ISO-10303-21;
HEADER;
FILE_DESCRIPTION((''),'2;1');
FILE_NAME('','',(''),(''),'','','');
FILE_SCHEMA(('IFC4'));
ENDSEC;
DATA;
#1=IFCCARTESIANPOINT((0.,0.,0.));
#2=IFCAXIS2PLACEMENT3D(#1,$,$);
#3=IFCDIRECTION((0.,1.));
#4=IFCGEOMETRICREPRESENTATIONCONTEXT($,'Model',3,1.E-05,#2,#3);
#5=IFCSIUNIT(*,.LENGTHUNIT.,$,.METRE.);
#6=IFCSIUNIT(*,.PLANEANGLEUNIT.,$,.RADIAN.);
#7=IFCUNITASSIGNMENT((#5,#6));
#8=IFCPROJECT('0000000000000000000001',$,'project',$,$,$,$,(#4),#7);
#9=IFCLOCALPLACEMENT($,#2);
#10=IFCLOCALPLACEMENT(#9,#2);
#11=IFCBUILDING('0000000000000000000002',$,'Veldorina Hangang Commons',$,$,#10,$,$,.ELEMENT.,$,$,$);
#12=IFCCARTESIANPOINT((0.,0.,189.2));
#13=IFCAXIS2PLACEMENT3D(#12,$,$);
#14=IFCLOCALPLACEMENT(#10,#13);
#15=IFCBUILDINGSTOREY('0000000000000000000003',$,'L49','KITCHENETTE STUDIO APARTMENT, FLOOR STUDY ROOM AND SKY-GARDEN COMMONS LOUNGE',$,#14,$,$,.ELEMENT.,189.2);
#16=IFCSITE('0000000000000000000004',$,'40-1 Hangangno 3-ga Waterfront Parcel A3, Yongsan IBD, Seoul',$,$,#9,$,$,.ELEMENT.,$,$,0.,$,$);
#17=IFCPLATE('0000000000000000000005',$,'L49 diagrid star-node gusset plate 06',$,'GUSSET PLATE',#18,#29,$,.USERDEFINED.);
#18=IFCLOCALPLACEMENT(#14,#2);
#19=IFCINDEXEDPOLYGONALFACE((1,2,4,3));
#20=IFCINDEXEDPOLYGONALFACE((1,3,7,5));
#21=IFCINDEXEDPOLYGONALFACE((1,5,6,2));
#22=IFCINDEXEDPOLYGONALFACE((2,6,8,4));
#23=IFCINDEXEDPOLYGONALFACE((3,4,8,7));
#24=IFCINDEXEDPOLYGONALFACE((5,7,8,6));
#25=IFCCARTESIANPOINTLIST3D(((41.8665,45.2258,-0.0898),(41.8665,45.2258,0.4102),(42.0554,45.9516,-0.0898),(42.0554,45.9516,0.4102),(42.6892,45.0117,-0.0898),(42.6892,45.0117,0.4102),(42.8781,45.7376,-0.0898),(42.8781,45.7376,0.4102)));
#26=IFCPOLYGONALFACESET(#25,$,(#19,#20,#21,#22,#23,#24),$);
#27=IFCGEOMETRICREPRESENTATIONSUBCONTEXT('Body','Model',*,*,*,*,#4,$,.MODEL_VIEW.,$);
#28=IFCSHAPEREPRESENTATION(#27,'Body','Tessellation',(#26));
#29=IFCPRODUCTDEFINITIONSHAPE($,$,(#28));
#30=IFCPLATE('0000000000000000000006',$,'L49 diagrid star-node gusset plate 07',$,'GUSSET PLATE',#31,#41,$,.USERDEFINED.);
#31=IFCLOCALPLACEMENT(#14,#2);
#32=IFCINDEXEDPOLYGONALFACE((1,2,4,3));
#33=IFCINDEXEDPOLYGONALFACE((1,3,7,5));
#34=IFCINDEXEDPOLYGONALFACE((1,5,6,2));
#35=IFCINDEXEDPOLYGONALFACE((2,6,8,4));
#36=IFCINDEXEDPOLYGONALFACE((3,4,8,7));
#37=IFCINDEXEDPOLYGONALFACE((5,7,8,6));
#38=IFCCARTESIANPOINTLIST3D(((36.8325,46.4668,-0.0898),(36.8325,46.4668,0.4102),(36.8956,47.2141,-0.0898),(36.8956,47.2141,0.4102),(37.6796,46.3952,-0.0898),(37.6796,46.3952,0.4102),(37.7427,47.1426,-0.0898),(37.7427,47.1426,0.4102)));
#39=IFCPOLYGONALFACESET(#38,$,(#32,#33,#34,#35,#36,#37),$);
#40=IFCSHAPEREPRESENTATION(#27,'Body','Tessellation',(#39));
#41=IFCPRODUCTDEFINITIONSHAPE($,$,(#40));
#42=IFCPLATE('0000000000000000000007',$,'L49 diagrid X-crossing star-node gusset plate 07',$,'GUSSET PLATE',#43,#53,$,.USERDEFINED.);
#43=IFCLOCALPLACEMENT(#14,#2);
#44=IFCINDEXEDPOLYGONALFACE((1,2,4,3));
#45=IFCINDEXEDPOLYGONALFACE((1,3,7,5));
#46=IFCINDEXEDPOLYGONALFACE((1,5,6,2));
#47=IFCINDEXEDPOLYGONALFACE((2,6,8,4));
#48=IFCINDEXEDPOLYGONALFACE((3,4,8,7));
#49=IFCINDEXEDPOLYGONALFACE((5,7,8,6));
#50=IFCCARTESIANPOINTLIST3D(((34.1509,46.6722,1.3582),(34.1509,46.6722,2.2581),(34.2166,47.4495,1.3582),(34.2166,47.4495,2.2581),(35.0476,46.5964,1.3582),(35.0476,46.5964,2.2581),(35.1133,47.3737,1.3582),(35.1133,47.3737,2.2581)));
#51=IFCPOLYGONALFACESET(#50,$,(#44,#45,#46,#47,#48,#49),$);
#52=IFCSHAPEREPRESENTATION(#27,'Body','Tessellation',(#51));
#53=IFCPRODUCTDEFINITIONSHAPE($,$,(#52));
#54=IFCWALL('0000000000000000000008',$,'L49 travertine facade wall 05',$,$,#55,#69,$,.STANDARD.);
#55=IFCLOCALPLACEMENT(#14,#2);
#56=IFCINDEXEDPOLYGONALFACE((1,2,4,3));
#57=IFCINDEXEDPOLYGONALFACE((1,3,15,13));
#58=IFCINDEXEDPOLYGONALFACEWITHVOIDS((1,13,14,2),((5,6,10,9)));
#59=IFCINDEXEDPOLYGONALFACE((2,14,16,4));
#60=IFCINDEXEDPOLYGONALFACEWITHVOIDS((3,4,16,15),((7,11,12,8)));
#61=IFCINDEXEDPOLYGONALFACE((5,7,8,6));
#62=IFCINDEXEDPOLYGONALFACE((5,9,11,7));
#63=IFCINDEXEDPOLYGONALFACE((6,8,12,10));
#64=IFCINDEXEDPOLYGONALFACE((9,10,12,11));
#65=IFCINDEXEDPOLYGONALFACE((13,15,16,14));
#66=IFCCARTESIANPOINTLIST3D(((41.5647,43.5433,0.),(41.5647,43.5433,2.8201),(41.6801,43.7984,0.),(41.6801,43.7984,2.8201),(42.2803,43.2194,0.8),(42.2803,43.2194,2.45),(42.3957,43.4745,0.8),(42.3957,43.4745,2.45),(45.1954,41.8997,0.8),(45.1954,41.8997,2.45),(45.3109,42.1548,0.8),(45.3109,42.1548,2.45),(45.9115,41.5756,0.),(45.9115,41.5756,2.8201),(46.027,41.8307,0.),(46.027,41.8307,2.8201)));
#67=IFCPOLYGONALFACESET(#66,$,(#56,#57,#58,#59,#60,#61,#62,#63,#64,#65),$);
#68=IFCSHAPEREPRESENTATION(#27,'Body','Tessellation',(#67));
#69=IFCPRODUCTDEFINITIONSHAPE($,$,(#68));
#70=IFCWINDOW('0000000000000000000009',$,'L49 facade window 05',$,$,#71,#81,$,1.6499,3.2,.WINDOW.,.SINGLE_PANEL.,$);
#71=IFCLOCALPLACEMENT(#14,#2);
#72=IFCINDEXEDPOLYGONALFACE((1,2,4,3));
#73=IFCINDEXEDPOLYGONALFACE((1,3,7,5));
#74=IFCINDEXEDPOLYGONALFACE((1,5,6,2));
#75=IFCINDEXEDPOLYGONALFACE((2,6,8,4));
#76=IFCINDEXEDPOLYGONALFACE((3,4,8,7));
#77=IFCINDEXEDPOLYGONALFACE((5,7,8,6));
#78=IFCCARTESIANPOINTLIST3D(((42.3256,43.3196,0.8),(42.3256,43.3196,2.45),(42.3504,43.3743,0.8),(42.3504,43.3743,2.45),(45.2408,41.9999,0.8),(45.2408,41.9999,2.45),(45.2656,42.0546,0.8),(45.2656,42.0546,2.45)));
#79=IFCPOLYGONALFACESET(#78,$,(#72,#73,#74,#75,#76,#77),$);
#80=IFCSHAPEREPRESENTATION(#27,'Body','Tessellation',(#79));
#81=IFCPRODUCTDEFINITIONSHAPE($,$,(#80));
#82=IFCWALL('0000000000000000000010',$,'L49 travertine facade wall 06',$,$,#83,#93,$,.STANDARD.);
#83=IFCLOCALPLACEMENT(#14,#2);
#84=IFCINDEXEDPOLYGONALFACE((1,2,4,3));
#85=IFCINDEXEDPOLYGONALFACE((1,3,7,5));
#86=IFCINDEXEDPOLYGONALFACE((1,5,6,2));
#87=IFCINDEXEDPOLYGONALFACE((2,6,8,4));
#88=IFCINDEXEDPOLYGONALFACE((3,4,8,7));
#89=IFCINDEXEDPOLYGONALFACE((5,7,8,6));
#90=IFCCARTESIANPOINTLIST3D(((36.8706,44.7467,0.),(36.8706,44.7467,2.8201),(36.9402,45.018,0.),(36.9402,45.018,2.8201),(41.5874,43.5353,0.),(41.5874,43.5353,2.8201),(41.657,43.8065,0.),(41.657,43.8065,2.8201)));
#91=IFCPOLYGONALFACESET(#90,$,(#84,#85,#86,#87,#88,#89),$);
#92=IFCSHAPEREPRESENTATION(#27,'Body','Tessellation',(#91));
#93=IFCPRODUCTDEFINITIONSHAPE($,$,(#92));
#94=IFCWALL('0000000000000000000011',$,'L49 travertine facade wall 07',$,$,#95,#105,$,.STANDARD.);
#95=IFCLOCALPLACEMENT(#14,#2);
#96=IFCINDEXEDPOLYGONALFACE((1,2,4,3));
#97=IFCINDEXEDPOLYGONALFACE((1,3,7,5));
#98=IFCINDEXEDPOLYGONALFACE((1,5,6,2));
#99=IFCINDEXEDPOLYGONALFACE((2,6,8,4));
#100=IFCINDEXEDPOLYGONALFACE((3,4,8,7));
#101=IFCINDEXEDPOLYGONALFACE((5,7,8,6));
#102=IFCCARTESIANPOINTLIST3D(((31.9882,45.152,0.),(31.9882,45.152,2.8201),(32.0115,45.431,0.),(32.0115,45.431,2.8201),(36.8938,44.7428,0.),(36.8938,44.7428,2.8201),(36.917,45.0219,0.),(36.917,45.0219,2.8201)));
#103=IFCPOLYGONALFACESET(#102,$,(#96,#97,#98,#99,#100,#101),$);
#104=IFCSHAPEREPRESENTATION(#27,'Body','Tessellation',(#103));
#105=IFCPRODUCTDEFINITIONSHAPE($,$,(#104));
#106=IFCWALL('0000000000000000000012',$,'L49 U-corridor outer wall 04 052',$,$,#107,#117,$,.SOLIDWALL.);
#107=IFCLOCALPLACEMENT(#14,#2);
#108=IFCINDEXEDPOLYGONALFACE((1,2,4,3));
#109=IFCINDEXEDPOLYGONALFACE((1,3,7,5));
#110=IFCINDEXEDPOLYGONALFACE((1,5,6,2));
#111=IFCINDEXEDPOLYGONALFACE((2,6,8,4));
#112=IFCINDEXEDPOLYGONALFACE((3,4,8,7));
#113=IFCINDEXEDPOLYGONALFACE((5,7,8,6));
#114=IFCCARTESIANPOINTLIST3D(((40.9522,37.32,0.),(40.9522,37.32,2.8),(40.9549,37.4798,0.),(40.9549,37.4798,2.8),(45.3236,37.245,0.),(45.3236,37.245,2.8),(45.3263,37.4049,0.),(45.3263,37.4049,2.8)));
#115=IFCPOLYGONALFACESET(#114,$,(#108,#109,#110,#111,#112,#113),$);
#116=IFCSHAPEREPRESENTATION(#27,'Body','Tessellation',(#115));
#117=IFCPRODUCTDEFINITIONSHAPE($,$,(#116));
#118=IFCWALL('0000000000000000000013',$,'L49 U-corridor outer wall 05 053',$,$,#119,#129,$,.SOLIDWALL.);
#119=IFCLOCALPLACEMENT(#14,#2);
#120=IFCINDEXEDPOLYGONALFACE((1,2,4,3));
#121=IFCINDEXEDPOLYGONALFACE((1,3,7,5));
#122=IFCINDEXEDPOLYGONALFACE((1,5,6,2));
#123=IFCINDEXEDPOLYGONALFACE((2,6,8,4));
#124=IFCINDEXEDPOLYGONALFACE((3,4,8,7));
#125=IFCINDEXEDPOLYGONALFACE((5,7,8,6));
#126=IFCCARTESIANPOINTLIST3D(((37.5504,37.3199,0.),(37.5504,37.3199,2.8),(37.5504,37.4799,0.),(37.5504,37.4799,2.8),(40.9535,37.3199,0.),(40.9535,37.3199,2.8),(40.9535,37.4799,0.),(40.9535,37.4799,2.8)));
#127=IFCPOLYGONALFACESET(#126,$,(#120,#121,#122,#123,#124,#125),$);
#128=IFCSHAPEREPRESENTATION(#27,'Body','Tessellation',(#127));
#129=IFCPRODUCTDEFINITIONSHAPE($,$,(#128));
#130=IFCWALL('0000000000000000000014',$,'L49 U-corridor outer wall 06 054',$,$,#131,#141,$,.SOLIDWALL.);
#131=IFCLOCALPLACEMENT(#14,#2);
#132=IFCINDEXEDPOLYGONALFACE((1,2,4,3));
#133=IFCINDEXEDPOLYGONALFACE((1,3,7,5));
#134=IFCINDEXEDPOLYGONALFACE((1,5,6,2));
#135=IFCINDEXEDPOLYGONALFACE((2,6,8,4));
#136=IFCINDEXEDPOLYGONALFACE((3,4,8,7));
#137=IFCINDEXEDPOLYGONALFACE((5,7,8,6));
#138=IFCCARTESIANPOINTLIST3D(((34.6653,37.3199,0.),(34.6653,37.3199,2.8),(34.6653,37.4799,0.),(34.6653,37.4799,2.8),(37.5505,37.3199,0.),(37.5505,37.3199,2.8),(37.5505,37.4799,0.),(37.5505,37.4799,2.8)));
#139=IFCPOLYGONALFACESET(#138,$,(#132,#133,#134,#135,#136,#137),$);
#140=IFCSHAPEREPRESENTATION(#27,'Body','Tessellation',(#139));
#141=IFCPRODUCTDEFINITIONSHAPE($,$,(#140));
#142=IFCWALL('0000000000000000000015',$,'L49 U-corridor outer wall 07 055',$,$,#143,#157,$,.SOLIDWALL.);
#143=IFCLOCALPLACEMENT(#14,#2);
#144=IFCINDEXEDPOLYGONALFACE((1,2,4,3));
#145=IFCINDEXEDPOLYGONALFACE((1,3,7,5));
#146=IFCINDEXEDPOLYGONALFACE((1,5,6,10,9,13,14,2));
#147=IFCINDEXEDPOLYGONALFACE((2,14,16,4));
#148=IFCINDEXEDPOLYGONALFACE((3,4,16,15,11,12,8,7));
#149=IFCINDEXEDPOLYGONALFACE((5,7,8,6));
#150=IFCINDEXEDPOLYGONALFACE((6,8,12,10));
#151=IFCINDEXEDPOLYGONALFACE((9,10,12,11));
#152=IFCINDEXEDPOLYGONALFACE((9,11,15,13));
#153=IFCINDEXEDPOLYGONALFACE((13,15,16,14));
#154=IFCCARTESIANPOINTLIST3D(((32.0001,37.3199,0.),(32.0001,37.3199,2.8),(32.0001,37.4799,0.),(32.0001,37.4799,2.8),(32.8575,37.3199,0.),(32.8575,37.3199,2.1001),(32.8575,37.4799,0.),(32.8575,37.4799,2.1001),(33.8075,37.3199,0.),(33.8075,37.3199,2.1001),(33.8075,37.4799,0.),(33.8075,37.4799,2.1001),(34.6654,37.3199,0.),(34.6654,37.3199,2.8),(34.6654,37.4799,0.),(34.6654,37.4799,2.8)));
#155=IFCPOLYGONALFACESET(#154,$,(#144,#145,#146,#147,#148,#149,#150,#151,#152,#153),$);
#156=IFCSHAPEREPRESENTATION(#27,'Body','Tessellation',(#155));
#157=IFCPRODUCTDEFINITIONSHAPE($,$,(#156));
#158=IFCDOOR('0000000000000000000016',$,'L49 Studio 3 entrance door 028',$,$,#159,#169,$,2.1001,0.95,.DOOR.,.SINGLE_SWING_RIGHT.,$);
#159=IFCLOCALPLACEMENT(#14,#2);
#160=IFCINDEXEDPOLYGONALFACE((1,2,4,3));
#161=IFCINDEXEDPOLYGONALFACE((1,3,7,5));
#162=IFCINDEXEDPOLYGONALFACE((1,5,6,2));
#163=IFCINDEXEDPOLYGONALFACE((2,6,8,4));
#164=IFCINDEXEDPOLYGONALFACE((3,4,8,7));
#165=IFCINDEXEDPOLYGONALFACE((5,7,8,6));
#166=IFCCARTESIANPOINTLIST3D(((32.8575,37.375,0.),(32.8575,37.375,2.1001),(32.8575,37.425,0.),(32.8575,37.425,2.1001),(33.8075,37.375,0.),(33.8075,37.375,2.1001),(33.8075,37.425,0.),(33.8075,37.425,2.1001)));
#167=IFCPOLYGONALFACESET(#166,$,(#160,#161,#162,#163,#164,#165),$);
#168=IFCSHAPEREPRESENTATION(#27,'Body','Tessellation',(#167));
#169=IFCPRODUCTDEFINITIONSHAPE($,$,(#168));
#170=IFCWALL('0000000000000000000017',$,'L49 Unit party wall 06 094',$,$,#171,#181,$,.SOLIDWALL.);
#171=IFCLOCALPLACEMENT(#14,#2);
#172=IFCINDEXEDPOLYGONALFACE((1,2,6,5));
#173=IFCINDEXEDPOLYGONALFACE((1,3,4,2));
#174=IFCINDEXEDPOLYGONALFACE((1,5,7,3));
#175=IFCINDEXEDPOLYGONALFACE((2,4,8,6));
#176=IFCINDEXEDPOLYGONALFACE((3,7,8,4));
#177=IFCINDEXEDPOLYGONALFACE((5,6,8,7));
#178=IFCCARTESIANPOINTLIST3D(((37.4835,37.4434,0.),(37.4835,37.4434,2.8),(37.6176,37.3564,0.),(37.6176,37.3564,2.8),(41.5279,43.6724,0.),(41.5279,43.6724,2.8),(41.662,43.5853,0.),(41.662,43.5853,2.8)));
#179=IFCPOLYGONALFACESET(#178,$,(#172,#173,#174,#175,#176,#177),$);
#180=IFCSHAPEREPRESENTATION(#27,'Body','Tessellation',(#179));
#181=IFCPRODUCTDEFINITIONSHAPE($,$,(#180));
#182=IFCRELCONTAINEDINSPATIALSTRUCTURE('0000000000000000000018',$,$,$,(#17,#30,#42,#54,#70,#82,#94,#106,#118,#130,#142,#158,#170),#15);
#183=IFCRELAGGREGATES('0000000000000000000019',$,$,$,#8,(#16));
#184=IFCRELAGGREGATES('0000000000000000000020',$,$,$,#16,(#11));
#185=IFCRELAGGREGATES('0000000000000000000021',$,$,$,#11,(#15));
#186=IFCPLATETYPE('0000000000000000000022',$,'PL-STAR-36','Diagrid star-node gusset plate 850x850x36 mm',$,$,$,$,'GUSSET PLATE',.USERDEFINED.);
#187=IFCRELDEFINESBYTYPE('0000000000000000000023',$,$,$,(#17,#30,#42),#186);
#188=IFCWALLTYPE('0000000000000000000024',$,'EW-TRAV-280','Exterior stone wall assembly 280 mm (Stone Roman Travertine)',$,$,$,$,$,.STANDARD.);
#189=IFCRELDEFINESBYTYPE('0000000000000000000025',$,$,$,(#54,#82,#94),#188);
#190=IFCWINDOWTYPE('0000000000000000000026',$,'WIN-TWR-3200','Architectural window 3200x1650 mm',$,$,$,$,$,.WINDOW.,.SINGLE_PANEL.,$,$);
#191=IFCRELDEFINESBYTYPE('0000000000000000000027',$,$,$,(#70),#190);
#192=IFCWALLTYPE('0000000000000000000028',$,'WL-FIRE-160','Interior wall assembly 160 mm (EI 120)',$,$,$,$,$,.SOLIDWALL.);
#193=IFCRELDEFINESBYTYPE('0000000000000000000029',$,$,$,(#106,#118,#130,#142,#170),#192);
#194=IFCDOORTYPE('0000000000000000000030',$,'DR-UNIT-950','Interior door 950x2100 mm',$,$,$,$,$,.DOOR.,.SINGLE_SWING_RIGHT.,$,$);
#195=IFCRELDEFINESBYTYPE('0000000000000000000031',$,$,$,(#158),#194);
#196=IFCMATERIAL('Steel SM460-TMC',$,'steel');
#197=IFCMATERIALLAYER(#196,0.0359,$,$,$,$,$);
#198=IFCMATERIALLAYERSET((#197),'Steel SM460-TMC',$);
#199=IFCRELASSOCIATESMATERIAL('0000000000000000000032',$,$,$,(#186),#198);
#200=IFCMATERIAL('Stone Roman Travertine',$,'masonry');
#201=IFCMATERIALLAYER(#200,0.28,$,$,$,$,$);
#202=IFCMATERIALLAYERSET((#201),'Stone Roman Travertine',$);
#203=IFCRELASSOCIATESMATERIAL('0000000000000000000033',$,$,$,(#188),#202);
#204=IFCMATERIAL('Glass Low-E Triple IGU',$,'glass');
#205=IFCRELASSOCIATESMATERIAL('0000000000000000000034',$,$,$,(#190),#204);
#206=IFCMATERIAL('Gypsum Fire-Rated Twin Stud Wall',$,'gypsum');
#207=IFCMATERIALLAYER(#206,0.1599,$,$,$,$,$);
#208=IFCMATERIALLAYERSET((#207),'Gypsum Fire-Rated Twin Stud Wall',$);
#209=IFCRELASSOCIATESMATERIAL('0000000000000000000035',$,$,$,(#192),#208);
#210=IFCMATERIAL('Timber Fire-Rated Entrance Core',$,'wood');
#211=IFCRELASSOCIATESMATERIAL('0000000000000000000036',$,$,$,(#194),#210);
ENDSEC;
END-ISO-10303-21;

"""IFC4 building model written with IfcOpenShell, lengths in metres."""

from ifc_helpers import new_model, si_unit, direction, frame, frame_2d, origin, origin_2d, place, context, subcontext, project, spatial, rectangle, extrude, material, layer, layer_set, type_object, element, fill, save


model = new_model("IFC4")

# Units and contexts
model_context = context("Model", 3, precision=1e-05, world=origin(), true_north=direction((0.0, 1.0)))
body_context = subcontext(model_context, "Body", "Model", "MODEL_VIEW")
ifc_project = project(units=[si_unit("LENGTHUNIT", "METRE"), si_unit("PLANEANGLEUNIT", "RADIAN")], contexts=[model_context])

# Site, building, storey
site_placement = place(None, origin())
site = spatial("IfcSite", under=ifc_project, at=site_placement, Name="40-1 Hangangno 3-ga Waterfront Parcel A3, Yongsan IBD, Seoul", CompositionType="ELEMENT", RefElevation=0.0)
building_placement = place(site_placement, origin())
building = spatial("IfcBuilding", under=site, at=building_placement, Name="Veldorina Hangang Commons", CompositionType="ELEMENT")
storey_placement = place(building_placement, frame((0.0, 0.0, 189.2)))
storey = spatial("IfcBuildingStorey", under=building, at=storey_placement, Name="L49", Description="KITCHENETTE STUDIO APARTMENT, FLOOR STUDY ROOM AND SKY-GARDEN COMMONS LOUNGE", CompositionType="ELEMENT", Elevation=189.2)

# Plates
ifc_material_1 = material(Name="Steel SM460-TMC", Category="steel")
ifc_layer_1 = layer(ifc_material_1, 0.0359)
ifc_layer_set_1 = layer_set([ifc_layer_1], Name="Steel SM460-TMC")
plate_type = type_object("IfcPlateType", Name="PL-STAR-36", Description="Diagrid star-node gusset plate 850x850x36 mm", ElementType="GUSSET PLATE", PredefinedType="USERDEFINED", material=ifc_layer_set_1)
for number, where, z_axis, x_axis, name in (
    (1, (42.3723, 45.4817, -0.0898), (0.0, 0.0, 1.0), (-0.967771, 0.251833, 0.0), "L49 diagrid star-node gusset plate 06"),
    (2, (37.2876, 46.8047, -0.0898), (0.0, 0.0, 1.0), (-0.996449, 0.0842, 0.0), "L49 diagrid star-node gusset plate 07"),
):
    element("IfcPlate", number, at=place(storey_placement, frame(where, z_axis=z_axis, x_axis=x_axis)), inside=storey, type_object=plate_type, Name=name, ObjectType="GUSSET PLATE", PredefinedType="USERDEFINED", context=body_context, shape_type="SweptSolid", body=[
        extrude(rectangle(XDim=0.8501, YDim=0.75, at=origin_2d()), origin(), (0.0, 0.0, 1.0), 0.5),
    ])
plate_1_placement = place(storey_placement, frame((34.6321, 47.0229, 1.3582), z_axis=(0.0, 0.0, 1.0), x_axis=(-0.996449, 0.0842, 0.0)))
element("IfcPlate", 3, at=plate_1_placement, inside=storey, type_object=plate_type, Name="L49 diagrid X-crossing star-node gusset plate 07", ObjectType="GUSSET PLATE", PredefinedType="USERDEFINED", context=body_context, shape_type="SweptSolid", body=[
    extrude(rectangle(XDim=0.8999, YDim=0.78, at=origin_2d()), origin(), (0.0, 0.0, 1.0), 0.8999),
])

# Wall, opening, window
ifc_material_2 = material(Name="Stone Roman Travertine", Category="masonry")
ifc_layer_2 = layer(ifc_material_2, 0.28)
ifc_layer_set_2 = layer_set([ifc_layer_2], Name="Stone Roman Travertine")
wall_type_1 = type_object("IfcWallType", Name="EW-TRAV-280", Description="Exterior stone wall assembly 280 mm (Stone Roman Travertine)", PredefinedType="STANDARD", material=ifc_layer_set_2)
wall_1_placement = place(storey_placement, frame((45.9692, 41.7031, 0.0), z_axis=(0.0, 0.0, 1.0), x_axis=(-0.911005, 0.412395, 0.0)))
wall_1 = element("IfcWall", 4, at=wall_1_placement, inside=storey, type_object=wall_type_1, Name="L49 travertine facade wall 05", PredefinedType="STANDARD", context=body_context, shape_type="SweptSolid", body=[
    extrude(rectangle(XDim=4.7715, YDim=0.28, at=frame_2d((2.3857, 0.0))), origin(), (0.0, 0.0, 1.0), 2.8201),
])
opening_1_placement = place(wall_1_placement, frame((0.7859, 0.0, 0.8)))
opening_1 = element("IfcOpeningElement", 5, at=opening_1_placement, cuts=wall_1, PredefinedType="OPENING", context=body_context, shape_type="SweptSolid", body=[
    extrude(rectangle(XDim=3.2, YDim=1.6499, at=frame_2d((1.6001, 0.825))), frame((0.0, 0.1499, 0.0), z_axis=(0.0, -1.0, 0.0), x_axis=(1.0, 0.0, 0.0)), (0.0, 0.0, 1.0), 0.3),
])
ifc_material_3 = material(Name="Glass Low-E Triple IGU", Category="glass")
window_type = type_object("IfcWindowType", Name="WIN-TWR-3200", Description="Architectural window 3200x1650 mm", PartitioningType="SINGLE_PANEL", PredefinedType="WINDOW", material=ifc_material_3)
window_placement = place(opening_1_placement, origin())
window = element("IfcWindow", 6, at=window_placement, inside=storey, type_object=window_type, Name="L49 facade window 05", OverallHeight=1.6499, OverallWidth=3.2, PartitioningType="SINGLE_PANEL", PredefinedType="WINDOW", context=body_context, shape_type="SweptSolid", body=[
    extrude(rectangle(XDim=3.2, YDim=1.6499, at=frame_2d((1.6001, 0.825))), frame((0.0, 0.03, 0.0), z_axis=(0.0, -1.0, 0.0), x_axis=(1.0, 0.0, 0.0)), (0.0, 0.0, 1.0), 0.0601),
])
fill(opening_1, window)

# Walls
wall_2_placement = place(storey_placement, frame((41.6223, 43.6709, 0.0), z_axis=(0.0, 0.0, 1.0), x_axis=(-0.968565, 0.248759, 0.0)))
element("IfcWall", 7, at=wall_2_placement, inside=storey, type_object=wall_type_1, Name="L49 travertine facade wall 06", PredefinedType="STANDARD", context=body_context, shape_type="SweptSolid", body=[
    extrude(rectangle(XDim=4.8699, YDim=0.28, at=frame_2d((2.4351, 0.0))), origin(), (0.0, 0.0, 1.0), 2.8201),
])
wall_3_placement = place(storey_placement, frame((36.9055, 44.8823, 0.0), z_axis=(0.0, 0.0, 1.0), x_axis=(-0.996539, 0.083123, 0.0)))
element("IfcWall", 8, at=wall_3_placement, inside=storey, type_object=wall_type_1, Name="L49 travertine facade wall 07", PredefinedType="STANDARD", context=body_context, shape_type="SweptSolid", body=[
    extrude(rectangle(XDim=4.9226, YDim=0.28, at=frame_2d((2.4614, 0.0))), origin(), (0.0, 0.0, 1.0), 2.8201),
])
ifc_material_4 = material(Name="Gypsum Fire-Rated Twin Stud Wall", Category="gypsum")
ifc_layer_3 = layer(ifc_material_4, 0.1599)
ifc_layer_set_3 = layer_set([ifc_layer_3], Name="Gypsum Fire-Rated Twin Stud Wall")
wall_type_2 = type_object("IfcWallType", Name="WL-FIRE-160", Description="Interior wall assembly 160 mm (EI 120)", PredefinedType="SOLIDWALL", material=ifc_layer_set_3)
wall_4_placement = place(storey_placement, frame((45.325, 37.325, 0.0), z_axis=(0.0, 0.0, 1.0), x_axis=(-0.999853, 0.017144, 0.0)))
element("IfcWall", 9, at=wall_4_placement, inside=storey, type_object=wall_type_2, Name="L49 U-corridor outer wall 04 052", PredefinedType="SOLIDWALL", context=body_context, shape_type="SweptSolid", body=[
    extrude(rectangle(XDim=4.3721, YDim=0.1599, at=frame_2d((2.186, 0.0))), origin(), (0.0, 0.0, 1.0), 2.8),
])
wall_5_placement = place(storey_placement, frame((40.9536, 37.3999, 0.0), z_axis=(0.0, 0.0, 1.0), x_axis=(-1.0, 0.0, 0.0)))
element("IfcWall", 10, at=wall_5_placement, inside=storey, type_object=wall_type_2, Name="L49 U-corridor outer wall 05 053", PredefinedType="SOLIDWALL", context=body_context, shape_type="SweptSolid", body=[
    extrude(rectangle(XDim=3.4031, YDim=0.1599, at=frame_2d((1.7017, 0.0))), origin(), (0.0, 0.0, 1.0), 2.8),
])
wall_6_placement = place(storey_placement, frame((37.5505, 37.3999, 0.0), z_axis=(0.0, 0.0, 1.0), x_axis=(-1.0, 0.0, 0.0)))
element("IfcWall", 11, at=wall_6_placement, inside=storey, type_object=wall_type_2, Name="L49 U-corridor outer wall 06 054", PredefinedType="SOLIDWALL", context=body_context, shape_type="SweptSolid", body=[
    extrude(rectangle(XDim=2.8853, YDim=0.1599, at=frame_2d((1.4426, 0.0))), origin(), (0.0, 0.0, 1.0), 2.8),
])

# Wall, opening, door
wall_7_placement = place(storey_placement, frame((34.6653, 37.3999, 0.0), z_axis=(0.0, 0.0, 1.0), x_axis=(-1.0, 0.0, 0.0)))
wall_7 = element("IfcWall", 12, at=wall_7_placement, inside=storey, type_object=wall_type_2, Name="L49 U-corridor outer wall 07 055", PredefinedType="SOLIDWALL", context=body_context, shape_type="SweptSolid", body=[
    extrude(rectangle(XDim=2.6653, YDim=0.1599, at=frame_2d((1.3325, 0.0))), origin(), (0.0, 0.0, 1.0), 2.8),
])
opening_2_placement = place(wall_7_placement, frame((0.8577, 0.0, 0.0)))
opening_2 = element("IfcOpeningElement", 13, at=opening_2_placement, cuts=wall_7, PredefinedType="OPENING", context=body_context, shape_type="SweptSolid", body=[
    extrude(rectangle(XDim=0.95, YDim=2.1001, at=frame_2d((0.4751, 1.05))), frame((0.0, 0.0898, 0.0), z_axis=(0.0, -1.0, 0.0), x_axis=(1.0, 0.0, 0.0)), (0.0, 0.0, 1.0), 0.1799),
])
ifc_material_5 = material(Name="Timber Fire-Rated Entrance Core", Category="wood")
door_type_1 = type_object("IfcDoorType", Name="DR-UNIT-950", Description="Interior door 950x2100 mm", OperationType="SINGLE_SWING_RIGHT", PredefinedType="DOOR", material=ifc_material_5)
door_1_placement = place(opening_2_placement, origin())
door_1 = element("IfcDoor", 14, at=door_1_placement, inside=storey, type_object=door_type_1, Name="L49 Studio 3 entrance door 028", OperationType="SINGLE_SWING_RIGHT", OverallHeight=2.1001, OverallWidth=0.95, PredefinedType="DOOR", context=body_context, shape_type="SweptSolid", body=[
    extrude(rectangle(XDim=0.95, YDim=2.1001, at=frame_2d((0.4751, 1.05))), frame((0.0, 0.0249, 0.0), z_axis=(0.0, -1.0, 0.0), x_axis=(1.0, 0.0, 0.0)), (0.0, 0.0, 1.0), 0.05),
])
fill(opening_2, door_1)

# Wall
wall_8_placement = place(storey_placement, frame((37.5505, 37.3999, 0.0), z_axis=(0.0, 0.0, 1.0), x_axis=(0.54457, 0.838715, 0.0)))
element("IfcWall", 15, at=wall_8_placement, inside=storey, type_object=wall_type_2, Name="L49 Unit party wall 06 094", PredefinedType="SOLIDWALL", context=body_context, shape_type="SweptSolid", body=[
    extrude(rectangle(XDim=7.4268, YDim=0.1599, at=frame_2d((3.7134, 0.0))), origin(), (0.0, 0.0, 1.0), 2.8),
])

save(model, "model.ifc")
